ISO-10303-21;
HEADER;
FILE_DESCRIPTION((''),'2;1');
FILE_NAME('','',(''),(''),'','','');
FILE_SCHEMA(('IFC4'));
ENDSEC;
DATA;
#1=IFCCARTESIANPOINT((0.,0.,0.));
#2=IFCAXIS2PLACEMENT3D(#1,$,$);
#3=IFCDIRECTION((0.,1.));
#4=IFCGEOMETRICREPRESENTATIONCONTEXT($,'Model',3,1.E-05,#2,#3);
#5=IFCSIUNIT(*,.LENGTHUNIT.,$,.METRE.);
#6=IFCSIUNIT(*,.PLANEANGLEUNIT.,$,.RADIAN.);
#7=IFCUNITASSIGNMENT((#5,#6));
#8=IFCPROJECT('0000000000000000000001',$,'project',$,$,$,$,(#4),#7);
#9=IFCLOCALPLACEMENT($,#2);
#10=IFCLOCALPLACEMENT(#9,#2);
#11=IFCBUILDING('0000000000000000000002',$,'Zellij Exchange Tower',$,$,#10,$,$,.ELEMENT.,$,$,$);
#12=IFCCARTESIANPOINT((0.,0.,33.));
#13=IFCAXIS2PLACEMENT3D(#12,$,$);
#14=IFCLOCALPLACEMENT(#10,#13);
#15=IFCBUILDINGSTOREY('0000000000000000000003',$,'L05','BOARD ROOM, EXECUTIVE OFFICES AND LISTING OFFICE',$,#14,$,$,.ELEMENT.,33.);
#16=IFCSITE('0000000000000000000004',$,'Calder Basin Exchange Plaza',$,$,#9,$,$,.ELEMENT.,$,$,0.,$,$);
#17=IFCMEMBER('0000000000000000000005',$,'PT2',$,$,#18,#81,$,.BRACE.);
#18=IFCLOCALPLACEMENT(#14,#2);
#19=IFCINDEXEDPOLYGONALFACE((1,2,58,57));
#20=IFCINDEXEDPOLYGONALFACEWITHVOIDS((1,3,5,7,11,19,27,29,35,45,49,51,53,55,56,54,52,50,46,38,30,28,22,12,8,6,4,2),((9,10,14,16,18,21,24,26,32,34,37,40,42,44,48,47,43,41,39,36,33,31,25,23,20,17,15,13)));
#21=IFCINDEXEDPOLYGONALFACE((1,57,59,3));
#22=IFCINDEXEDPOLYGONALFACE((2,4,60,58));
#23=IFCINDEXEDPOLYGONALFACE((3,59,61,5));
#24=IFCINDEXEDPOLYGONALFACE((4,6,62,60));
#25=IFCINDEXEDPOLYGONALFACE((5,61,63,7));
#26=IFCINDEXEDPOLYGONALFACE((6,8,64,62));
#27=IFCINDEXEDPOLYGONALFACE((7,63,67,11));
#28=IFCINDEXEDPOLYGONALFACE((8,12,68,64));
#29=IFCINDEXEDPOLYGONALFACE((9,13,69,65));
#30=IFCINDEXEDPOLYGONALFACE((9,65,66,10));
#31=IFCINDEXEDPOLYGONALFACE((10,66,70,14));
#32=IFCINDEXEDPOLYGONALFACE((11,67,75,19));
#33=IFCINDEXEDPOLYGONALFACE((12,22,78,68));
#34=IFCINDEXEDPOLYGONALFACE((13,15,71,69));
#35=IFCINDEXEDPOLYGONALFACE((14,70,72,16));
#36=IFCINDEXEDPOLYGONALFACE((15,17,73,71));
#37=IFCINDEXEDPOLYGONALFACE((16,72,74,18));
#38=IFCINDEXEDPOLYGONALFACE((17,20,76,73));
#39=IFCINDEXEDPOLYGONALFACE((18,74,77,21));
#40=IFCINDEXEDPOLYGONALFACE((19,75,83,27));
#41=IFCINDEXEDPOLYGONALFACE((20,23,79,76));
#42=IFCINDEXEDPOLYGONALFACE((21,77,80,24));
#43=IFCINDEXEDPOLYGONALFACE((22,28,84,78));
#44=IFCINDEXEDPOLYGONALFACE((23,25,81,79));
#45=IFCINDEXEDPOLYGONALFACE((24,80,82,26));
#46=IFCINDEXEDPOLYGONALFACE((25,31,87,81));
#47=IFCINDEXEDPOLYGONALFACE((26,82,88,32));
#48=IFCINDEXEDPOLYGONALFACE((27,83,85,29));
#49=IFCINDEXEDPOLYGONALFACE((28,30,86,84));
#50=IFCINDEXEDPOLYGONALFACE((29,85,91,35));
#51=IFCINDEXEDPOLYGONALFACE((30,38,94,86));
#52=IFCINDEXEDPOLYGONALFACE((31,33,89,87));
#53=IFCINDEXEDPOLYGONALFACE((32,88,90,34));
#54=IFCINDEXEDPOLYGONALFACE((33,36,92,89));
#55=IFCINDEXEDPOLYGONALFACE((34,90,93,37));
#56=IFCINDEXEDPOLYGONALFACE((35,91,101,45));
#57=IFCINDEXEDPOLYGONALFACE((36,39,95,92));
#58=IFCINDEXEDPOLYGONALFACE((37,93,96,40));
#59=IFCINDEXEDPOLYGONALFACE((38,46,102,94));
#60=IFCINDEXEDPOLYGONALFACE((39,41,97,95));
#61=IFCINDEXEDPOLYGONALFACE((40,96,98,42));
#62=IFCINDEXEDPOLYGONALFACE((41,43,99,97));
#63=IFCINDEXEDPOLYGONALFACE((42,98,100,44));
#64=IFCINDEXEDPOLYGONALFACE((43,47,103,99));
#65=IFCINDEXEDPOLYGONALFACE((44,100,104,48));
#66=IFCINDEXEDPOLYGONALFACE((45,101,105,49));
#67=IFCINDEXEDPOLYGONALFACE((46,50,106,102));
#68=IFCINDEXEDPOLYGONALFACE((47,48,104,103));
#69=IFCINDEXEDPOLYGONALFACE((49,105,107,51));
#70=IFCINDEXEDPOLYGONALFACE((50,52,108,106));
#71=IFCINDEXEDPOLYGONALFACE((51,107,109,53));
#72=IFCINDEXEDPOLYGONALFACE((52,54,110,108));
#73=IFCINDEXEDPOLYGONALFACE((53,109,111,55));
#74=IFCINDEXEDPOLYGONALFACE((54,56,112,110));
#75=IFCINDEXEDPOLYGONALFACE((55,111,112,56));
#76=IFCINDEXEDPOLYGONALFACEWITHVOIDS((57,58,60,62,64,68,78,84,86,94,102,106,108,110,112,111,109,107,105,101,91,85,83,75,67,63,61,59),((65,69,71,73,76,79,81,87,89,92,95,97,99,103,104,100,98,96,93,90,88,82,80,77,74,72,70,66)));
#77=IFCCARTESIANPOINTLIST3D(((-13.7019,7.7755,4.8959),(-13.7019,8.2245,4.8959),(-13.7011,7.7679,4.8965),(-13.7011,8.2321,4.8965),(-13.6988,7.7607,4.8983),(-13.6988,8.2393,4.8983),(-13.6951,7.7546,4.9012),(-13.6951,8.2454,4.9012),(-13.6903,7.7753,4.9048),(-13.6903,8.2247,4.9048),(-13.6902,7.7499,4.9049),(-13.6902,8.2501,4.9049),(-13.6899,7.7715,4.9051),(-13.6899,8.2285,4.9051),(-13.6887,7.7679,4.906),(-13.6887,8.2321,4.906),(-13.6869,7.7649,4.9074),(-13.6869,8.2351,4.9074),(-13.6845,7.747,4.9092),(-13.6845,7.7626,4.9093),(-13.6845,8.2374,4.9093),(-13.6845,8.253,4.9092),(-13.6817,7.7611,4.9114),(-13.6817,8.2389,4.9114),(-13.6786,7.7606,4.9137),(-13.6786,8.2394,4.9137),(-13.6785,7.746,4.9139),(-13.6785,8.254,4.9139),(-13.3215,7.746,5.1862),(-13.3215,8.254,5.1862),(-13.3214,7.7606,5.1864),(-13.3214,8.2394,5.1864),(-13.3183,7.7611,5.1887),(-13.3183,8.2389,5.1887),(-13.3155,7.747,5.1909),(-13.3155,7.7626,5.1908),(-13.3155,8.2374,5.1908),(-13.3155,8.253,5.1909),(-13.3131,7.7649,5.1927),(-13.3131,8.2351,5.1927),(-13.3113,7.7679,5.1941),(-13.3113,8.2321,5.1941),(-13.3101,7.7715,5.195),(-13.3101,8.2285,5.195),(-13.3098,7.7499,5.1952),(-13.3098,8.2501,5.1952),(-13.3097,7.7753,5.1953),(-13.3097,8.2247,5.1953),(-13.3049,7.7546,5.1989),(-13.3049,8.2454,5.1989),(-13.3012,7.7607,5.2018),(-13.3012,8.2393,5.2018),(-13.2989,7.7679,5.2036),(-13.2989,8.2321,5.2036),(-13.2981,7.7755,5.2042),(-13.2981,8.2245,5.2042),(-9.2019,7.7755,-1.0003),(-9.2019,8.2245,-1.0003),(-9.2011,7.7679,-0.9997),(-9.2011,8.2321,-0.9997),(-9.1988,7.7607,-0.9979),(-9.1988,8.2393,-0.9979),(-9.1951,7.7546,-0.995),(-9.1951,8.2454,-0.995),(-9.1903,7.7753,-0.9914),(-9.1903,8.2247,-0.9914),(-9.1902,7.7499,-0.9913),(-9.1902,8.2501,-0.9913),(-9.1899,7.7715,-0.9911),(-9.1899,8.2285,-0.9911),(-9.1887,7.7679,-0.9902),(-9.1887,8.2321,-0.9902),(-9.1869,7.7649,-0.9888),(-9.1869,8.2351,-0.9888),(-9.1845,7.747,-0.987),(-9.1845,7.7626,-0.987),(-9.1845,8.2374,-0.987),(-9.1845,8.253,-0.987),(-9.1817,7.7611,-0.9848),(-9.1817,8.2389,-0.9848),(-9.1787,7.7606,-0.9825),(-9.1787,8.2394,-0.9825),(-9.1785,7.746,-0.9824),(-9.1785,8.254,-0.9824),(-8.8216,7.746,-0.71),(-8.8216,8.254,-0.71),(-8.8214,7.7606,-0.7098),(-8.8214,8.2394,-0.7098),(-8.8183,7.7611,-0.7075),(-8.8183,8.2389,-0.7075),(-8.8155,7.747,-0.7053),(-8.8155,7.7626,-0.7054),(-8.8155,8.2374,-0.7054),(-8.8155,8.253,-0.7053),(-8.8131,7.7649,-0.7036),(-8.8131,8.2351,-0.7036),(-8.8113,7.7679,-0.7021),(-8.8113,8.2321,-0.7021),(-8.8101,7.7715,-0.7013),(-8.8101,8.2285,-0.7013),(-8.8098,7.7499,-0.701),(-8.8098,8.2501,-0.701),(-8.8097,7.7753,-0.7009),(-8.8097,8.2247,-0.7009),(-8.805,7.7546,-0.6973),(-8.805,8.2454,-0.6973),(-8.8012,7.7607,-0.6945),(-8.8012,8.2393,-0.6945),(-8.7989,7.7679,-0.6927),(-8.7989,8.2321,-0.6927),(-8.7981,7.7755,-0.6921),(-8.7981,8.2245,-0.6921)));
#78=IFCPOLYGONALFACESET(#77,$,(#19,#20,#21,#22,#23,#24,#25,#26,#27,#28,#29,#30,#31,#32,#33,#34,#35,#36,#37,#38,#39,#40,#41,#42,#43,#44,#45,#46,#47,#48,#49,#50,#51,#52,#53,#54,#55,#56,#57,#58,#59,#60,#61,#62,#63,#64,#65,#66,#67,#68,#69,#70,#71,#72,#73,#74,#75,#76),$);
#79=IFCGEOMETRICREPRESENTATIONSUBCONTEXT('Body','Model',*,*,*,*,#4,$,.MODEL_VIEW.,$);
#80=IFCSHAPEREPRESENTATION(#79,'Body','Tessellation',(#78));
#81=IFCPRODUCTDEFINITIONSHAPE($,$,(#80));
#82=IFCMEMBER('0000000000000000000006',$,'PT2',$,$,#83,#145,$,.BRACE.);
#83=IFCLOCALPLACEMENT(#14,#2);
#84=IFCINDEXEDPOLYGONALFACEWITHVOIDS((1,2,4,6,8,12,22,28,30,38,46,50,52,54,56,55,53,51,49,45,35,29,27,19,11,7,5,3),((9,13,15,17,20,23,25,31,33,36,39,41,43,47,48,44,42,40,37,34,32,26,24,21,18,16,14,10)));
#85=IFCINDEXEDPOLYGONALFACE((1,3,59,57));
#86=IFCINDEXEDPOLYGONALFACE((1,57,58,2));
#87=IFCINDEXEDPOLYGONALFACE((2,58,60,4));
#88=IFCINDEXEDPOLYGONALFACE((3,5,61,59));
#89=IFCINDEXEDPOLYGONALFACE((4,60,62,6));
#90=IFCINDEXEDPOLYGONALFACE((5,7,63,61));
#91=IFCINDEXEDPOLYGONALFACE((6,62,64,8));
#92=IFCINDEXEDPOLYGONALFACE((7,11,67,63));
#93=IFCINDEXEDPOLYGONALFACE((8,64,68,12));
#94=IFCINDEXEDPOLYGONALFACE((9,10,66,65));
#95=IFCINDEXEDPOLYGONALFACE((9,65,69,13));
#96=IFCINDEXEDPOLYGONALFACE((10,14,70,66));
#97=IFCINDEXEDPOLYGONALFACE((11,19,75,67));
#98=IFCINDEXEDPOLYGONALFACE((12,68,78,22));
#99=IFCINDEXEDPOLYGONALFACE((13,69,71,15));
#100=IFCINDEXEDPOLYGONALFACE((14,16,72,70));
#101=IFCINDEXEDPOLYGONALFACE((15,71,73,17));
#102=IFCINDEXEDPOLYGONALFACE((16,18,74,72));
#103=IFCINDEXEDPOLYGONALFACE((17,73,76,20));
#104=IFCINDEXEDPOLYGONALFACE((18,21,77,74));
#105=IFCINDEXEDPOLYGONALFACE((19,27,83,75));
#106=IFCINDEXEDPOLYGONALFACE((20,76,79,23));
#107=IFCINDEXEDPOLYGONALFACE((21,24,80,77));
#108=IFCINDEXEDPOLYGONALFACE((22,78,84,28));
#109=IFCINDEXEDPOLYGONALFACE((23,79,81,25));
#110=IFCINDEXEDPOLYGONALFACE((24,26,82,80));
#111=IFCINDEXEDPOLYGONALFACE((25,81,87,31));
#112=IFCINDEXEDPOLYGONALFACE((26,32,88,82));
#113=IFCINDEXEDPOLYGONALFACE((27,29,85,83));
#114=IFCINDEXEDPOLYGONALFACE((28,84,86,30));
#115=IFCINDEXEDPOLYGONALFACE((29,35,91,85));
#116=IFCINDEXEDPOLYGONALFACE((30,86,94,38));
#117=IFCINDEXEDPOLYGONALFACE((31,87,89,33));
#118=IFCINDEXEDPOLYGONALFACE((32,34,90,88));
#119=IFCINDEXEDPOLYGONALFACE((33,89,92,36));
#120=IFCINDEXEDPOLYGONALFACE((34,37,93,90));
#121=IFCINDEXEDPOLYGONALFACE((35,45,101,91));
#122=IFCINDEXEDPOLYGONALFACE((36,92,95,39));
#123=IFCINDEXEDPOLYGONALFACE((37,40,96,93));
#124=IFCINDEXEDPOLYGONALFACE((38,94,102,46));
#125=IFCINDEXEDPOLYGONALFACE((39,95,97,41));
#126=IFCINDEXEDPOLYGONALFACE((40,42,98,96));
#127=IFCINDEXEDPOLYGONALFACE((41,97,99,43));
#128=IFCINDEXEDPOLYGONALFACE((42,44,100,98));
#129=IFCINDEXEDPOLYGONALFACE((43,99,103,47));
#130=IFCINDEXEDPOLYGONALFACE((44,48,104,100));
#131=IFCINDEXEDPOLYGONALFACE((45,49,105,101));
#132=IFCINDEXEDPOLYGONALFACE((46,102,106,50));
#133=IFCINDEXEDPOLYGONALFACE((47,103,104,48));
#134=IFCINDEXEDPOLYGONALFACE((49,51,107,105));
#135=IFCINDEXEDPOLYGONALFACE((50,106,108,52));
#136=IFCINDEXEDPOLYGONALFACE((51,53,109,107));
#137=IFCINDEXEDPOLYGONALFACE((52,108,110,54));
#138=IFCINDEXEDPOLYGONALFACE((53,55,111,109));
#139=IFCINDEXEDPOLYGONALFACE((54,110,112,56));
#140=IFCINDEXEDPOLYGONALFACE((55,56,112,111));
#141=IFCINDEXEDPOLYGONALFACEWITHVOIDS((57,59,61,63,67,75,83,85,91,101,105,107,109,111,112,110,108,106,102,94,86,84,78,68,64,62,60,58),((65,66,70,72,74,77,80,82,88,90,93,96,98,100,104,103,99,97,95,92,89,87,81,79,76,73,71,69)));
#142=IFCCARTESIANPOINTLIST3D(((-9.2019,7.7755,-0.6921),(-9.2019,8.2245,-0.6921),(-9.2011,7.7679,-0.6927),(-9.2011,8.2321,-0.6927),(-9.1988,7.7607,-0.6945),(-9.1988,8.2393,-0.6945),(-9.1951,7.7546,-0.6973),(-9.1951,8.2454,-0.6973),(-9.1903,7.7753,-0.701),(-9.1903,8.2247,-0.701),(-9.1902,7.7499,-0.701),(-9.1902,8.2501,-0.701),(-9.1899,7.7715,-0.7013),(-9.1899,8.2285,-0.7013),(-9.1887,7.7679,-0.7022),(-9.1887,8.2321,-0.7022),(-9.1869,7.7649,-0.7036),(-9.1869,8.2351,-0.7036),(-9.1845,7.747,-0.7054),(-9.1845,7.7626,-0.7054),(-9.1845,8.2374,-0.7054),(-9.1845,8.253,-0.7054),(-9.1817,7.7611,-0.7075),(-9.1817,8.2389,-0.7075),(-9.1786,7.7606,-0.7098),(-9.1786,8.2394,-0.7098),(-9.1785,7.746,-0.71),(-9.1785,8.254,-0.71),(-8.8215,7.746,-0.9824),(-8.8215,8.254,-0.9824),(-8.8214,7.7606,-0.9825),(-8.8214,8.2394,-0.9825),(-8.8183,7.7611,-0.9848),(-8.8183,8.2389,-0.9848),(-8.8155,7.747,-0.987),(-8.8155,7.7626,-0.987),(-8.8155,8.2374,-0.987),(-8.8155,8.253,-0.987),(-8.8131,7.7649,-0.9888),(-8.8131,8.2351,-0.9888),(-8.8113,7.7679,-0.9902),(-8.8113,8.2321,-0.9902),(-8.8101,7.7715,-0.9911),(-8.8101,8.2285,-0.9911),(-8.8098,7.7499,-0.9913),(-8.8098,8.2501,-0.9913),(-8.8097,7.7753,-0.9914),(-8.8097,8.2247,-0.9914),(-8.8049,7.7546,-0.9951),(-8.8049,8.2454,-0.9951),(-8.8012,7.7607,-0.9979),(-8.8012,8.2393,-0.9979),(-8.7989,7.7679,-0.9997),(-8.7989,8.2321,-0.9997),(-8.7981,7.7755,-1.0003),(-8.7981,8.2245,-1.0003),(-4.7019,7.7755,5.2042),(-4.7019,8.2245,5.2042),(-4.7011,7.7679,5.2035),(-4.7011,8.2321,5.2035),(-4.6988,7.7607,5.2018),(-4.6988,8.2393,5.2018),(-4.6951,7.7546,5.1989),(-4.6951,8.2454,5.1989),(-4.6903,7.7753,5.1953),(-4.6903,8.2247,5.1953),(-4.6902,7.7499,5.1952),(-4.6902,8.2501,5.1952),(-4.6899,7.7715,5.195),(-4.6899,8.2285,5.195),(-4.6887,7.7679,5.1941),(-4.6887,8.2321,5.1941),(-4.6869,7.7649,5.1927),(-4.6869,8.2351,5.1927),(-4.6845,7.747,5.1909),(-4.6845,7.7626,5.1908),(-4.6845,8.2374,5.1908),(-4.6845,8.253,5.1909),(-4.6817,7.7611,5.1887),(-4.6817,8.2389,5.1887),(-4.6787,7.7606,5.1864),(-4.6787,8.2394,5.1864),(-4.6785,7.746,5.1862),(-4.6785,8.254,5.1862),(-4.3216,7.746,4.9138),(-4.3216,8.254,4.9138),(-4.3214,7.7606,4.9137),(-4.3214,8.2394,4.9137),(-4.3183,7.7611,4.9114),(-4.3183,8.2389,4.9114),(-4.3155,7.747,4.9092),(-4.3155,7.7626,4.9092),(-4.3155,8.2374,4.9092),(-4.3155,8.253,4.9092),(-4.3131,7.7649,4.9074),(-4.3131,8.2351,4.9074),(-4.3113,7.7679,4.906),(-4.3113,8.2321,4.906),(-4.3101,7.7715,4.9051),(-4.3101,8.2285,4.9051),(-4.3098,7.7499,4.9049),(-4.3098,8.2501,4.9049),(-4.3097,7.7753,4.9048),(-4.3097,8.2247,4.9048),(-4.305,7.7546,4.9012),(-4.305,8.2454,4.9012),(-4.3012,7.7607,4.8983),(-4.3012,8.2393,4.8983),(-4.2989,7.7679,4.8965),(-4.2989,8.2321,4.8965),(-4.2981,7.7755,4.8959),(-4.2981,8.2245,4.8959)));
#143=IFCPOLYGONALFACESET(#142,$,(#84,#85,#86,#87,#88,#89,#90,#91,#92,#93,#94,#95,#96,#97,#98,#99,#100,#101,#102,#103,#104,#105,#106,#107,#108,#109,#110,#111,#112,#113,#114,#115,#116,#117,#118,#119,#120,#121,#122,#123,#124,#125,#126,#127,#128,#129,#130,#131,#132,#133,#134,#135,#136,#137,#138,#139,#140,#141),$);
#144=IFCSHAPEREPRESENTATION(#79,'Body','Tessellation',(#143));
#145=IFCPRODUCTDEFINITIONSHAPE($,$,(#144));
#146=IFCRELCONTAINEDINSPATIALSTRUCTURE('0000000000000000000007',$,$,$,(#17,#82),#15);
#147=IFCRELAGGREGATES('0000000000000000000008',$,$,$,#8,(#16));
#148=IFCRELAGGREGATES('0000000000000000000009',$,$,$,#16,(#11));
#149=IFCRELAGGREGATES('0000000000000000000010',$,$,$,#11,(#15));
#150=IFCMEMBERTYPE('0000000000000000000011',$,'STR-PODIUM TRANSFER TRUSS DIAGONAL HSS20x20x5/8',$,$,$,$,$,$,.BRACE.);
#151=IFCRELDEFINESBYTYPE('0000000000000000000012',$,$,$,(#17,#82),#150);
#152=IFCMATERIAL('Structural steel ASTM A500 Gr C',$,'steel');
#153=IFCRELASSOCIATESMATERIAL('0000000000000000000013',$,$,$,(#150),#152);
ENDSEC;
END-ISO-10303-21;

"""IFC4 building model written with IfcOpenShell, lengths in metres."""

from ifc_helpers import new_model, si_unit, direction, frame, origin, origin_2d, place, context, subcontext, project, spatial, hollow_rectangle, extrude, material, material_profile, profile_set, type_object, element, save


model = new_model("IFC4")

# Units and contexts
model_context = context("Model", 3, precision=1e-05, world=origin(), true_north=direction((0.0, 1.0)))
body_context = subcontext(model_context, "Body", "Model", "MODEL_VIEW")
ifc_project = project(units=[si_unit("LENGTHUNIT", "METRE"), si_unit("PLANEANGLEUNIT", "RADIAN")], contexts=[model_context])

# Site, building, storey
site_placement = place(None, origin())
site = spatial("IfcSite", under=ifc_project, at=site_placement, Name="Calder Basin Exchange Plaza", CompositionType="ELEMENT", RefElevation=0.0)
building_placement = place(site_placement, origin())
building = spatial("IfcBuilding", under=site, at=building_placement, Name="Zellij Exchange Tower", CompositionType="ELEMENT")
storey_placement = place(building_placement, frame((0.0, 0.0, 33.0)))
storey = spatial("IfcBuildingStorey", under=building, at=storey_placement, Name="L05", Description="BOARD ROOM, EXECUTIVE OFFICES AND LISTING OFFICE", CompositionType="ELEMENT", Elevation=33.0)

# Members
ifc_material_1 = material(Name="Structural steel ASTM A500 Gr C", Category="steel")
ifc_material_profile_1 = material_profile(ifc_material_1, hollow_rectangle(XDim=0.5081, YDim=0.5081, WallThickness=0.0146, InnerFilletRadius=0.0146, OuterFilletRadius=0.0295, at=origin_2d()), Name="STR-PODIUM TRANSFER TRUSS DIAGONAL HSS20x20x5/8")
ifc_profile_set_1 = profile_set([ifc_material_profile_1], Name="Structural steel ASTM A500 Gr C")
member_type_1 = type_object("IfcMemberType", Name="STR-PODIUM TRANSFER TRUSS DIAGONAL HSS20x20x5/8", PredefinedType="BRACE", material=ifc_profile_set_1)
for number, where, z_axis, x_axis, name in (
    (1, (-13.5, 8.0, 5.05), (0.606694, 0.0, -0.794936), (0.0, 1.0, 0.0), "PT2"),
    (2, (-9.0, 8.0, -0.8462), (0.606694, 0.0, 0.794936), (0.0, 1.0, 0.0), "PT2"),
):
    element("IfcMember", number, at=place(storey_placement, frame(where, z_axis=z_axis, x_axis=x_axis)), inside=storey, type_object=member_type_1, Name=name, PredefinedType="BRACE", context=body_context, shape_type="SweptSolid", body=[
        extrude(hollow_rectangle(XDim=0.5081, YDim=0.5081, WallThickness=0.0146, InnerFilletRadius=0.0146, OuterFilletRadius=0.0295, at=origin_2d()), origin(), (0.0, 0.0, 1.0), 7.4172),
    ])

save(model, "model.ifc")
